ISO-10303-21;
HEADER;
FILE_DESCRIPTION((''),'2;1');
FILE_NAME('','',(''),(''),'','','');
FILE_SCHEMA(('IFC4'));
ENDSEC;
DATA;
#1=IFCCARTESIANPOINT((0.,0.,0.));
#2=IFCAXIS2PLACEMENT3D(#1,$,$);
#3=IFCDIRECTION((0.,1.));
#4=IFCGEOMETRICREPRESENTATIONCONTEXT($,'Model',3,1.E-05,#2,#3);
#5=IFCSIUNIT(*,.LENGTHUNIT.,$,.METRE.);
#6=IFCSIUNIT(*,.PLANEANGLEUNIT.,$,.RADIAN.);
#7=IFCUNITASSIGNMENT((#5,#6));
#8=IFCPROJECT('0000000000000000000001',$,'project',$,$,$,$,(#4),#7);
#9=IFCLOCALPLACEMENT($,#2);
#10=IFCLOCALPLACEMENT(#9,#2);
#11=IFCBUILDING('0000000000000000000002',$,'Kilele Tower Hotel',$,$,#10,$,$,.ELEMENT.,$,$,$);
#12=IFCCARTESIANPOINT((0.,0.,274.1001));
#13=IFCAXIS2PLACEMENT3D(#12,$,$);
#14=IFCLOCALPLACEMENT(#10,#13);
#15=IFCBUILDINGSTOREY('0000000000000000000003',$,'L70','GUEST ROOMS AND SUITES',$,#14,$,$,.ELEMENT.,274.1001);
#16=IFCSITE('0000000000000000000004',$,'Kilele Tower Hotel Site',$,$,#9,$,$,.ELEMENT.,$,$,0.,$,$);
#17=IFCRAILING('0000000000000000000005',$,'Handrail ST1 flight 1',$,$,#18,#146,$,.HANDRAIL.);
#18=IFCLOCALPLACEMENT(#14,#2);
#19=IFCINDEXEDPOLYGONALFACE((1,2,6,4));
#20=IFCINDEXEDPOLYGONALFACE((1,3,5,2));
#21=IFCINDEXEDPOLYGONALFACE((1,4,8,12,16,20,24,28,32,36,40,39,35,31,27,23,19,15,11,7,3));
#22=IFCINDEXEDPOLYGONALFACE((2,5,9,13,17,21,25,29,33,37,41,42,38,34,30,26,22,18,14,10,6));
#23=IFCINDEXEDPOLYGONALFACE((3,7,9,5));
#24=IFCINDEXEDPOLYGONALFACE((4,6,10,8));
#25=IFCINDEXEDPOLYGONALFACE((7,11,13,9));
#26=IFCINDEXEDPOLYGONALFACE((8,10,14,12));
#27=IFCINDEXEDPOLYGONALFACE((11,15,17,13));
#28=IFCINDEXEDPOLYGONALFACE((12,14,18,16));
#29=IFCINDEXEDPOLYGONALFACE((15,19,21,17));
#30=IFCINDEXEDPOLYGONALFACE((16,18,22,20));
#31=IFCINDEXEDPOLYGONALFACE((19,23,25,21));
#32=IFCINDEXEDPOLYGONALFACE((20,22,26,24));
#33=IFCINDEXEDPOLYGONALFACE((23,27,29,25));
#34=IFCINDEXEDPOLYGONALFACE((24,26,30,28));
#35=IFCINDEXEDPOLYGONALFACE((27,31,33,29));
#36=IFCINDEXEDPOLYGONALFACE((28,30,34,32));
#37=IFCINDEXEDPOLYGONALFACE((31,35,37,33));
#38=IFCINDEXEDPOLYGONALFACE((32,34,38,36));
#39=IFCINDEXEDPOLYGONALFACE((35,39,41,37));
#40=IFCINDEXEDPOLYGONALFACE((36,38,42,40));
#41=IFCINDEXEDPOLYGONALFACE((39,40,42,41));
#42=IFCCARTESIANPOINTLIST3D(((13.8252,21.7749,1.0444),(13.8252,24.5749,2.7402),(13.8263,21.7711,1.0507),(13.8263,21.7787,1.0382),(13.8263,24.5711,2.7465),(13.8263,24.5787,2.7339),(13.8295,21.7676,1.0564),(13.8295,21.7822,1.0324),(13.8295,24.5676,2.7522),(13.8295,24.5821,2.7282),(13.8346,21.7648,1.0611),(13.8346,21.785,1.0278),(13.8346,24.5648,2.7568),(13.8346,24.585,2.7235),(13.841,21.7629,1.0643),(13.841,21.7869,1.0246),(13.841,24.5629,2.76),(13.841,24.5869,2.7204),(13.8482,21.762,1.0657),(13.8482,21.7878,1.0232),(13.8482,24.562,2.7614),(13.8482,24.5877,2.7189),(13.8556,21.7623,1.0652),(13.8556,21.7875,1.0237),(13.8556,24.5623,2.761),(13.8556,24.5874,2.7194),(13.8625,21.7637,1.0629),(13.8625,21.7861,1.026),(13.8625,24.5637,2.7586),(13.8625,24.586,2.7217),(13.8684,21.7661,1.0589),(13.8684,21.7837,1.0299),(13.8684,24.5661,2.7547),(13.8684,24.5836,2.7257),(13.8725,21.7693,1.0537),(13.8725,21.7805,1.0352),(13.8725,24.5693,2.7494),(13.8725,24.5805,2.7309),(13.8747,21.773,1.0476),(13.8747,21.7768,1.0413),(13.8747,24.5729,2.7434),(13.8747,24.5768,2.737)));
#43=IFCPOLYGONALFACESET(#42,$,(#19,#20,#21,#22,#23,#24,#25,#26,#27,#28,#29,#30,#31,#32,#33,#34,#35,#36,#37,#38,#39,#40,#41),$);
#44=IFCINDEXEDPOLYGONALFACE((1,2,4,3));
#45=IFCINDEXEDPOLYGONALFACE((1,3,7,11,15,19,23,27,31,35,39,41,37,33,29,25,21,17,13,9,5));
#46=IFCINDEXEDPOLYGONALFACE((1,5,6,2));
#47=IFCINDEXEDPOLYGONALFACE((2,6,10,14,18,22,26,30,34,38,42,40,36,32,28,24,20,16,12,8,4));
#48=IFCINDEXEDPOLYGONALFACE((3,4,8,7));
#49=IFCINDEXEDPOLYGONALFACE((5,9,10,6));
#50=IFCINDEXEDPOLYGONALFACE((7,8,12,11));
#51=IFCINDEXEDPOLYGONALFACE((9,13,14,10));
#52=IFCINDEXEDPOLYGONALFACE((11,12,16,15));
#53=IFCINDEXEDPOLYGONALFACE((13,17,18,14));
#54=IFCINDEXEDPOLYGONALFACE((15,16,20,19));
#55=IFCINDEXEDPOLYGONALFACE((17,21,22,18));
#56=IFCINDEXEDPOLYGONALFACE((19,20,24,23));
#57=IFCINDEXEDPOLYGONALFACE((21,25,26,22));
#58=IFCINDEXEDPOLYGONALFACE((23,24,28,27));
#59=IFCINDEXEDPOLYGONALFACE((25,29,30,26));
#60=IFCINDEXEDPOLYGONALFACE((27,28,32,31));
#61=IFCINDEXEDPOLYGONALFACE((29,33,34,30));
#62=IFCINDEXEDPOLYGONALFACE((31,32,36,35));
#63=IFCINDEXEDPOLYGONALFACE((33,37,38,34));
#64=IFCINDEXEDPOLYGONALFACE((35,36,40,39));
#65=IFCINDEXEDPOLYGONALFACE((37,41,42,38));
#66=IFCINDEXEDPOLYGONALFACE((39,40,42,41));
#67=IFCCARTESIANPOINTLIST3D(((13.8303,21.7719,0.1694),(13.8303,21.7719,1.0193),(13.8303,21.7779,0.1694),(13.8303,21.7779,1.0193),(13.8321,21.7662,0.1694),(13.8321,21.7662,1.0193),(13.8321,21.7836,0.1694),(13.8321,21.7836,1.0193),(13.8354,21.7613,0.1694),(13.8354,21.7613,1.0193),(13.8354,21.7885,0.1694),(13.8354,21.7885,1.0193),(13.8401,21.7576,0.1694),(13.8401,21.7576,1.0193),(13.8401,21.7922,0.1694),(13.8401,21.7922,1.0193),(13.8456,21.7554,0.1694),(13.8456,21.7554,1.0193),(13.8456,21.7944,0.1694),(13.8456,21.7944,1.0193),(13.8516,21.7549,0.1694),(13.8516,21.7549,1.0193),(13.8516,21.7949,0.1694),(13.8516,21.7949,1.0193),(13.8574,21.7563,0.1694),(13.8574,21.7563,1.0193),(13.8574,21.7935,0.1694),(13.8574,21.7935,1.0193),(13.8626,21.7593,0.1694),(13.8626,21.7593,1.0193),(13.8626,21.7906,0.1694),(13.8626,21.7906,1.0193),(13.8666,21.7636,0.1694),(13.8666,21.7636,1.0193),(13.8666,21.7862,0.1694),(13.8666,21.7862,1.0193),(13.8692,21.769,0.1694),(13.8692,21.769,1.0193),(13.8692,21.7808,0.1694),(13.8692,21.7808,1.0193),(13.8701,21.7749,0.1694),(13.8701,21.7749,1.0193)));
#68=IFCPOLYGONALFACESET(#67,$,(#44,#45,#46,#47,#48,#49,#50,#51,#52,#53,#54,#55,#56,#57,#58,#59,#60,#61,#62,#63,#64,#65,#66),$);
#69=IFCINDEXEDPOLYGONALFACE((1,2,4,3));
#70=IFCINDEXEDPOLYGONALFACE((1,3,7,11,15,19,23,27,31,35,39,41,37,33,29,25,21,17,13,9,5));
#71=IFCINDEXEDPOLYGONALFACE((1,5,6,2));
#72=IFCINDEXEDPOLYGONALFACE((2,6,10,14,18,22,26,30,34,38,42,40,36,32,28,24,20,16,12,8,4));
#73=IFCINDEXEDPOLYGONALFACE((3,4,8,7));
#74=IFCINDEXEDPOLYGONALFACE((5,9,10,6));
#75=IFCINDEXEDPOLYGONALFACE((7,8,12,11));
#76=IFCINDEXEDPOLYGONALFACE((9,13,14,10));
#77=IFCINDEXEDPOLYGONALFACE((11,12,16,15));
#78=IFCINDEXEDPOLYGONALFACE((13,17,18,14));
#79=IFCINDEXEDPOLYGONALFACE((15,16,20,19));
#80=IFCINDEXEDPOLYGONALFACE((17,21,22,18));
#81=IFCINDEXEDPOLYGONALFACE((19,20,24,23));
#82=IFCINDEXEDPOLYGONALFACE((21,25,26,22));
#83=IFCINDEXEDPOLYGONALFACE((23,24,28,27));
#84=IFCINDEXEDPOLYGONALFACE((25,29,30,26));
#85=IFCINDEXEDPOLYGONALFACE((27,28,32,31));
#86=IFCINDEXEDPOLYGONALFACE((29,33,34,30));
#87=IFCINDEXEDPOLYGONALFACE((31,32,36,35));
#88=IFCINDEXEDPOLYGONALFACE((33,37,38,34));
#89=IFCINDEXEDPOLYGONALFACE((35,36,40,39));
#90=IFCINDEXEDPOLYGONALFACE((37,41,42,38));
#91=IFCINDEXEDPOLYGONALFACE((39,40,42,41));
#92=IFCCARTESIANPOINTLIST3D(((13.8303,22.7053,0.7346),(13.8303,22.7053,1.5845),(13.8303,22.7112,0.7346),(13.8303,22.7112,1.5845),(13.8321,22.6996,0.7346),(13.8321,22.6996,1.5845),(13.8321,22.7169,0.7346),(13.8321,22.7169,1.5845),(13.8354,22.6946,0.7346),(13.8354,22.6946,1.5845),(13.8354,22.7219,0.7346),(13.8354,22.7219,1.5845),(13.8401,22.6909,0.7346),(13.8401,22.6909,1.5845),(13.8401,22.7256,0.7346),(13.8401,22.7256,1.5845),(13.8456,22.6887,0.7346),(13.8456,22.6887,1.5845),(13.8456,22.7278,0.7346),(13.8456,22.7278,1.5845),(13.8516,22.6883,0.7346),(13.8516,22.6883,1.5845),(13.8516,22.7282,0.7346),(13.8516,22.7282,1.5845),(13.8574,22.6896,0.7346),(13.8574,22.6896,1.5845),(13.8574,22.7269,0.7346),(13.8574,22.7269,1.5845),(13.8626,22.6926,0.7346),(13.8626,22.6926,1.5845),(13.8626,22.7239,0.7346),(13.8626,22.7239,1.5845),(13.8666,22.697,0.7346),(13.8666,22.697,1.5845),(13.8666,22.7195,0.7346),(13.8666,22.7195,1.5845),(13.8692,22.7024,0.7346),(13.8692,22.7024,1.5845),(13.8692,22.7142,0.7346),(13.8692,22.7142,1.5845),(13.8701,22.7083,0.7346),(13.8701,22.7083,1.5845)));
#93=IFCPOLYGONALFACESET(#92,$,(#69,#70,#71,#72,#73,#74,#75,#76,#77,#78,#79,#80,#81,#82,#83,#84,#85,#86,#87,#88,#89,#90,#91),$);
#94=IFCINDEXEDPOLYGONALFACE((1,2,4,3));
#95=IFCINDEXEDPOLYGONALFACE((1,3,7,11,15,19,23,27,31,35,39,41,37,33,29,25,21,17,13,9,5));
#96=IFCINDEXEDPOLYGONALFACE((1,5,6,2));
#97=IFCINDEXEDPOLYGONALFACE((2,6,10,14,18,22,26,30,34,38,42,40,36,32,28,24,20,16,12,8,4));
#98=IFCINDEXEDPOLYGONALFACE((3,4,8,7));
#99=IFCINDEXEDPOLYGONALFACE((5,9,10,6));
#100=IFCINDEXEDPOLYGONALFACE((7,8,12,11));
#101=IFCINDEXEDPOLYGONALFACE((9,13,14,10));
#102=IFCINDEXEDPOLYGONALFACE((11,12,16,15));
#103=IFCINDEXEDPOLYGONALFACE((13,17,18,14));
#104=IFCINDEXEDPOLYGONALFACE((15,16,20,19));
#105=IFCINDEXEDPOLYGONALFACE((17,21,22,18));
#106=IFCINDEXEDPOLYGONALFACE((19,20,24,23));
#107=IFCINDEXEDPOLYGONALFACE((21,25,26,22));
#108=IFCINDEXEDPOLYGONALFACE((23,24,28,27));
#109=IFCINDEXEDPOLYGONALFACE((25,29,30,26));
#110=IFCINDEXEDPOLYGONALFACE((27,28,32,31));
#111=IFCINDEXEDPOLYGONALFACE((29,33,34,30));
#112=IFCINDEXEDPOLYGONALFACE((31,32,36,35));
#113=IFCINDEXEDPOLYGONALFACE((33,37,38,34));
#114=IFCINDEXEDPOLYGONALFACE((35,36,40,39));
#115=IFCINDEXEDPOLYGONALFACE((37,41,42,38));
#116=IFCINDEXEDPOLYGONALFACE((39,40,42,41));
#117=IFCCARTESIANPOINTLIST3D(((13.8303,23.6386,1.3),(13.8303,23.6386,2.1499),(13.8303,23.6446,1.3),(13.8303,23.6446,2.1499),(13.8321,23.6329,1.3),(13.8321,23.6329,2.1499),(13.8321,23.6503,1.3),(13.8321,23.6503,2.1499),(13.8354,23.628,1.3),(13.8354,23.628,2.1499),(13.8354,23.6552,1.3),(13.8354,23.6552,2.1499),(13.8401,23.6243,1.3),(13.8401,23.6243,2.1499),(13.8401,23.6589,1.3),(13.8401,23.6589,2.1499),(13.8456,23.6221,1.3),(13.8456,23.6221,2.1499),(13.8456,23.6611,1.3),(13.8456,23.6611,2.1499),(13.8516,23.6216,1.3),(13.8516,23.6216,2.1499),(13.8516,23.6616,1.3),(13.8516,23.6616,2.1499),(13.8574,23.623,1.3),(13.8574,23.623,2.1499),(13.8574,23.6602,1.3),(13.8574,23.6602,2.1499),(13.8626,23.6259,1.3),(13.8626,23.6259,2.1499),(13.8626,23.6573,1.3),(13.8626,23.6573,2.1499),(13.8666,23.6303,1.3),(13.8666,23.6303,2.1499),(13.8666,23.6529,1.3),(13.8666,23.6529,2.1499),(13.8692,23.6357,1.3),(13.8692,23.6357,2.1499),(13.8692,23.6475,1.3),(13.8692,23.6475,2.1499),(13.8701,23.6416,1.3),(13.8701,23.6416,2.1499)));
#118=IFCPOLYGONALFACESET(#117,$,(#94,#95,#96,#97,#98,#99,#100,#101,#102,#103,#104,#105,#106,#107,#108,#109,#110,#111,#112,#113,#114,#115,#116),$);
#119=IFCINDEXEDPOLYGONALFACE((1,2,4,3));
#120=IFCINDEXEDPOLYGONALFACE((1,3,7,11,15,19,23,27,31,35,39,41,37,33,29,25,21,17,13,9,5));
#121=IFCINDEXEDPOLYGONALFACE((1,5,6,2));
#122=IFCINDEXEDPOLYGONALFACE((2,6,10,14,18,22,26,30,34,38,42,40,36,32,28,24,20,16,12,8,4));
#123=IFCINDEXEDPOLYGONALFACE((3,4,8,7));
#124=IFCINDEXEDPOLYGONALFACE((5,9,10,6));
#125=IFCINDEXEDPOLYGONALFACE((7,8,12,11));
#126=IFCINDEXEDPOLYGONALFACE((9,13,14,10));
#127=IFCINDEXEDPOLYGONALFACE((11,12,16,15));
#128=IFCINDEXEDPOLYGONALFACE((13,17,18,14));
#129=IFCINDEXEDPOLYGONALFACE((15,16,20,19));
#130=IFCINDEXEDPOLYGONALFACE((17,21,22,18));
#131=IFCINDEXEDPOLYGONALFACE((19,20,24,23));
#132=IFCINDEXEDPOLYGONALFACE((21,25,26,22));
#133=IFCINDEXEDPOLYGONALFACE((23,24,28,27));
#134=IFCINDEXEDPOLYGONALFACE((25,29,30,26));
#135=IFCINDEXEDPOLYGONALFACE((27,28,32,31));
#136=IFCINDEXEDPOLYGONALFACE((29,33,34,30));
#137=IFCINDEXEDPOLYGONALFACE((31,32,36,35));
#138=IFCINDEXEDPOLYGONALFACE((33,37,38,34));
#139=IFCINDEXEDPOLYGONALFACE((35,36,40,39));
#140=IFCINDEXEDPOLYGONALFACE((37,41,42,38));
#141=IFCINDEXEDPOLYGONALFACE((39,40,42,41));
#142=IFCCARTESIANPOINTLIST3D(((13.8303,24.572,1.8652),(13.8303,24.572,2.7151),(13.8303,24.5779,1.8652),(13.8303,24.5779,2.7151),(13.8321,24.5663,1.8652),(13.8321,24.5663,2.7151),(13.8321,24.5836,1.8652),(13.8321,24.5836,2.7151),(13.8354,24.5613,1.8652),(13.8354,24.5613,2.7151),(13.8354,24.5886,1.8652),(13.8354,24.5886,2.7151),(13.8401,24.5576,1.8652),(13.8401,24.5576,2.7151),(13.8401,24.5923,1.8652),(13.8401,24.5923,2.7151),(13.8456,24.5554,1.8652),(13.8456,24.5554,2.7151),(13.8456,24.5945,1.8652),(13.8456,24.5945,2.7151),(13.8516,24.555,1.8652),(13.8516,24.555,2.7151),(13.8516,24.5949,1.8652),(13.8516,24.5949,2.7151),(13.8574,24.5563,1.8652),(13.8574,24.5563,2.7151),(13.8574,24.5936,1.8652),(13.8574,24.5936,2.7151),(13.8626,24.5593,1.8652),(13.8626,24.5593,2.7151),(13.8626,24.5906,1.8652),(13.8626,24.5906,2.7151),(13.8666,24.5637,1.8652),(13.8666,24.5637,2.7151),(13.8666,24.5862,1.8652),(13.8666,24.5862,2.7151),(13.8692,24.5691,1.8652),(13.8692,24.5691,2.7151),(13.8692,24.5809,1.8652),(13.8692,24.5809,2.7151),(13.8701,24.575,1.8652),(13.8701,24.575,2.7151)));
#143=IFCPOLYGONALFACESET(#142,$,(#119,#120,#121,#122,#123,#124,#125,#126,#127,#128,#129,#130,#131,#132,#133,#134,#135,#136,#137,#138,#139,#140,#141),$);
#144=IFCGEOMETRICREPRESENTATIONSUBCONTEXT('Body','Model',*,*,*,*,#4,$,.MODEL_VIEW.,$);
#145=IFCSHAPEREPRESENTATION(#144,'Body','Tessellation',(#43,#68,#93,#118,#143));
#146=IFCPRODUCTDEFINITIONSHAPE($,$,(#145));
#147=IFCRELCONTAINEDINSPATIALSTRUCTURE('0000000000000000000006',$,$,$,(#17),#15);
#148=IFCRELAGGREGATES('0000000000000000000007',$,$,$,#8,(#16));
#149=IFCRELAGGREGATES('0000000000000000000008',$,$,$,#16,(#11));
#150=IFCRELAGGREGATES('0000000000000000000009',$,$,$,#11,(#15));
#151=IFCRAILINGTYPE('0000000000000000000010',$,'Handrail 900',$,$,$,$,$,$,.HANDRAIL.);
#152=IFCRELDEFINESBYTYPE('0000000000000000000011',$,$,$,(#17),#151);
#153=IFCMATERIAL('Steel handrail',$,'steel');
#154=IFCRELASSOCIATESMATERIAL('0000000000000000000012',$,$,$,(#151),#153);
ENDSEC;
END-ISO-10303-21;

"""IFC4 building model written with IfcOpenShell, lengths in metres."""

from ifc_helpers import new_model, si_unit, direction, frame, origin, origin_2d, place, context, subcontext, project, spatial, circle, extrude, material, type_object, element, save


model = new_model("IFC4")

# Units and contexts
model_context = context("Model", 3, precision=1e-05, world=origin(), true_north=direction((0.0, 1.0)))
body_context = subcontext(model_context, "Body", "Model", "MODEL_VIEW")
ifc_project = project(units=[si_unit("LENGTHUNIT", "METRE"), si_unit("PLANEANGLEUNIT", "RADIAN")], contexts=[model_context])

# Site, building, storey
site_placement = place(None, origin())
site = spatial("IfcSite", under=ifc_project, at=site_placement, Name="Kilele Tower Hotel Site", CompositionType="ELEMENT", RefElevation=0.0)
building_placement = place(site_placement, origin())
building = spatial("IfcBuilding", under=site, at=building_placement, Name="Kilele Tower Hotel", CompositionType="ELEMENT")
storey_placement = place(building_placement, frame((0.0, 0.0, 274.1001)))
storey = spatial("IfcBuildingStorey", under=building, at=storey_placement, Name="L70", Description="GUEST ROOMS AND SUITES", CompositionType="ELEMENT", Elevation=274.1001)

# Railing
ifc_material_1 = material(Name="Steel handrail", Category="steel")
railing_type_1 = type_object("IfcRailingType", Name="Handrail 900", PredefinedType="HANDRAIL", material=ifc_material_1)
railing_1_placement = place(storey_placement, frame((13.8501, 21.7749, 0.1694)))
element("IfcRailing", 1, at=railing_1_placement, inside=storey, type_object=railing_type_1, Name="Handrail ST1 flight 1", PredefinedType="HANDRAIL", context=body_context, shape_type="SweptSolid", body=[
    extrude(circle(Radius=0.0249, at=origin_2d()), frame((0.0, 0.0, 0.875), z_axis=(0.0, 0.85536, 0.518034), x_axis=(-1.0, 0.0, 0.0)), (0.0, 0.0, 1.0), 3.2734),
    extrude(circle(Radius=0.02, at=origin_2d()), origin(), (0.0, 0.0, 1.0), 0.8499),
    extrude(circle(Radius=0.02, at=origin_2d()), frame((0.0, 0.9333, 0.5652)), (0.0, 0.0, 1.0), 0.8499),
    extrude(circle(Radius=0.02, at=origin_2d()), frame((0.0, 1.8667, 1.1306)), (0.0, 0.0, 1.0), 0.8499),
    extrude(circle(Radius=0.02, at=origin_2d()), frame((0.0, 2.8, 1.6958)), (0.0, 0.0, 1.0), 0.8499),
])

save(model, "model.ifc")
